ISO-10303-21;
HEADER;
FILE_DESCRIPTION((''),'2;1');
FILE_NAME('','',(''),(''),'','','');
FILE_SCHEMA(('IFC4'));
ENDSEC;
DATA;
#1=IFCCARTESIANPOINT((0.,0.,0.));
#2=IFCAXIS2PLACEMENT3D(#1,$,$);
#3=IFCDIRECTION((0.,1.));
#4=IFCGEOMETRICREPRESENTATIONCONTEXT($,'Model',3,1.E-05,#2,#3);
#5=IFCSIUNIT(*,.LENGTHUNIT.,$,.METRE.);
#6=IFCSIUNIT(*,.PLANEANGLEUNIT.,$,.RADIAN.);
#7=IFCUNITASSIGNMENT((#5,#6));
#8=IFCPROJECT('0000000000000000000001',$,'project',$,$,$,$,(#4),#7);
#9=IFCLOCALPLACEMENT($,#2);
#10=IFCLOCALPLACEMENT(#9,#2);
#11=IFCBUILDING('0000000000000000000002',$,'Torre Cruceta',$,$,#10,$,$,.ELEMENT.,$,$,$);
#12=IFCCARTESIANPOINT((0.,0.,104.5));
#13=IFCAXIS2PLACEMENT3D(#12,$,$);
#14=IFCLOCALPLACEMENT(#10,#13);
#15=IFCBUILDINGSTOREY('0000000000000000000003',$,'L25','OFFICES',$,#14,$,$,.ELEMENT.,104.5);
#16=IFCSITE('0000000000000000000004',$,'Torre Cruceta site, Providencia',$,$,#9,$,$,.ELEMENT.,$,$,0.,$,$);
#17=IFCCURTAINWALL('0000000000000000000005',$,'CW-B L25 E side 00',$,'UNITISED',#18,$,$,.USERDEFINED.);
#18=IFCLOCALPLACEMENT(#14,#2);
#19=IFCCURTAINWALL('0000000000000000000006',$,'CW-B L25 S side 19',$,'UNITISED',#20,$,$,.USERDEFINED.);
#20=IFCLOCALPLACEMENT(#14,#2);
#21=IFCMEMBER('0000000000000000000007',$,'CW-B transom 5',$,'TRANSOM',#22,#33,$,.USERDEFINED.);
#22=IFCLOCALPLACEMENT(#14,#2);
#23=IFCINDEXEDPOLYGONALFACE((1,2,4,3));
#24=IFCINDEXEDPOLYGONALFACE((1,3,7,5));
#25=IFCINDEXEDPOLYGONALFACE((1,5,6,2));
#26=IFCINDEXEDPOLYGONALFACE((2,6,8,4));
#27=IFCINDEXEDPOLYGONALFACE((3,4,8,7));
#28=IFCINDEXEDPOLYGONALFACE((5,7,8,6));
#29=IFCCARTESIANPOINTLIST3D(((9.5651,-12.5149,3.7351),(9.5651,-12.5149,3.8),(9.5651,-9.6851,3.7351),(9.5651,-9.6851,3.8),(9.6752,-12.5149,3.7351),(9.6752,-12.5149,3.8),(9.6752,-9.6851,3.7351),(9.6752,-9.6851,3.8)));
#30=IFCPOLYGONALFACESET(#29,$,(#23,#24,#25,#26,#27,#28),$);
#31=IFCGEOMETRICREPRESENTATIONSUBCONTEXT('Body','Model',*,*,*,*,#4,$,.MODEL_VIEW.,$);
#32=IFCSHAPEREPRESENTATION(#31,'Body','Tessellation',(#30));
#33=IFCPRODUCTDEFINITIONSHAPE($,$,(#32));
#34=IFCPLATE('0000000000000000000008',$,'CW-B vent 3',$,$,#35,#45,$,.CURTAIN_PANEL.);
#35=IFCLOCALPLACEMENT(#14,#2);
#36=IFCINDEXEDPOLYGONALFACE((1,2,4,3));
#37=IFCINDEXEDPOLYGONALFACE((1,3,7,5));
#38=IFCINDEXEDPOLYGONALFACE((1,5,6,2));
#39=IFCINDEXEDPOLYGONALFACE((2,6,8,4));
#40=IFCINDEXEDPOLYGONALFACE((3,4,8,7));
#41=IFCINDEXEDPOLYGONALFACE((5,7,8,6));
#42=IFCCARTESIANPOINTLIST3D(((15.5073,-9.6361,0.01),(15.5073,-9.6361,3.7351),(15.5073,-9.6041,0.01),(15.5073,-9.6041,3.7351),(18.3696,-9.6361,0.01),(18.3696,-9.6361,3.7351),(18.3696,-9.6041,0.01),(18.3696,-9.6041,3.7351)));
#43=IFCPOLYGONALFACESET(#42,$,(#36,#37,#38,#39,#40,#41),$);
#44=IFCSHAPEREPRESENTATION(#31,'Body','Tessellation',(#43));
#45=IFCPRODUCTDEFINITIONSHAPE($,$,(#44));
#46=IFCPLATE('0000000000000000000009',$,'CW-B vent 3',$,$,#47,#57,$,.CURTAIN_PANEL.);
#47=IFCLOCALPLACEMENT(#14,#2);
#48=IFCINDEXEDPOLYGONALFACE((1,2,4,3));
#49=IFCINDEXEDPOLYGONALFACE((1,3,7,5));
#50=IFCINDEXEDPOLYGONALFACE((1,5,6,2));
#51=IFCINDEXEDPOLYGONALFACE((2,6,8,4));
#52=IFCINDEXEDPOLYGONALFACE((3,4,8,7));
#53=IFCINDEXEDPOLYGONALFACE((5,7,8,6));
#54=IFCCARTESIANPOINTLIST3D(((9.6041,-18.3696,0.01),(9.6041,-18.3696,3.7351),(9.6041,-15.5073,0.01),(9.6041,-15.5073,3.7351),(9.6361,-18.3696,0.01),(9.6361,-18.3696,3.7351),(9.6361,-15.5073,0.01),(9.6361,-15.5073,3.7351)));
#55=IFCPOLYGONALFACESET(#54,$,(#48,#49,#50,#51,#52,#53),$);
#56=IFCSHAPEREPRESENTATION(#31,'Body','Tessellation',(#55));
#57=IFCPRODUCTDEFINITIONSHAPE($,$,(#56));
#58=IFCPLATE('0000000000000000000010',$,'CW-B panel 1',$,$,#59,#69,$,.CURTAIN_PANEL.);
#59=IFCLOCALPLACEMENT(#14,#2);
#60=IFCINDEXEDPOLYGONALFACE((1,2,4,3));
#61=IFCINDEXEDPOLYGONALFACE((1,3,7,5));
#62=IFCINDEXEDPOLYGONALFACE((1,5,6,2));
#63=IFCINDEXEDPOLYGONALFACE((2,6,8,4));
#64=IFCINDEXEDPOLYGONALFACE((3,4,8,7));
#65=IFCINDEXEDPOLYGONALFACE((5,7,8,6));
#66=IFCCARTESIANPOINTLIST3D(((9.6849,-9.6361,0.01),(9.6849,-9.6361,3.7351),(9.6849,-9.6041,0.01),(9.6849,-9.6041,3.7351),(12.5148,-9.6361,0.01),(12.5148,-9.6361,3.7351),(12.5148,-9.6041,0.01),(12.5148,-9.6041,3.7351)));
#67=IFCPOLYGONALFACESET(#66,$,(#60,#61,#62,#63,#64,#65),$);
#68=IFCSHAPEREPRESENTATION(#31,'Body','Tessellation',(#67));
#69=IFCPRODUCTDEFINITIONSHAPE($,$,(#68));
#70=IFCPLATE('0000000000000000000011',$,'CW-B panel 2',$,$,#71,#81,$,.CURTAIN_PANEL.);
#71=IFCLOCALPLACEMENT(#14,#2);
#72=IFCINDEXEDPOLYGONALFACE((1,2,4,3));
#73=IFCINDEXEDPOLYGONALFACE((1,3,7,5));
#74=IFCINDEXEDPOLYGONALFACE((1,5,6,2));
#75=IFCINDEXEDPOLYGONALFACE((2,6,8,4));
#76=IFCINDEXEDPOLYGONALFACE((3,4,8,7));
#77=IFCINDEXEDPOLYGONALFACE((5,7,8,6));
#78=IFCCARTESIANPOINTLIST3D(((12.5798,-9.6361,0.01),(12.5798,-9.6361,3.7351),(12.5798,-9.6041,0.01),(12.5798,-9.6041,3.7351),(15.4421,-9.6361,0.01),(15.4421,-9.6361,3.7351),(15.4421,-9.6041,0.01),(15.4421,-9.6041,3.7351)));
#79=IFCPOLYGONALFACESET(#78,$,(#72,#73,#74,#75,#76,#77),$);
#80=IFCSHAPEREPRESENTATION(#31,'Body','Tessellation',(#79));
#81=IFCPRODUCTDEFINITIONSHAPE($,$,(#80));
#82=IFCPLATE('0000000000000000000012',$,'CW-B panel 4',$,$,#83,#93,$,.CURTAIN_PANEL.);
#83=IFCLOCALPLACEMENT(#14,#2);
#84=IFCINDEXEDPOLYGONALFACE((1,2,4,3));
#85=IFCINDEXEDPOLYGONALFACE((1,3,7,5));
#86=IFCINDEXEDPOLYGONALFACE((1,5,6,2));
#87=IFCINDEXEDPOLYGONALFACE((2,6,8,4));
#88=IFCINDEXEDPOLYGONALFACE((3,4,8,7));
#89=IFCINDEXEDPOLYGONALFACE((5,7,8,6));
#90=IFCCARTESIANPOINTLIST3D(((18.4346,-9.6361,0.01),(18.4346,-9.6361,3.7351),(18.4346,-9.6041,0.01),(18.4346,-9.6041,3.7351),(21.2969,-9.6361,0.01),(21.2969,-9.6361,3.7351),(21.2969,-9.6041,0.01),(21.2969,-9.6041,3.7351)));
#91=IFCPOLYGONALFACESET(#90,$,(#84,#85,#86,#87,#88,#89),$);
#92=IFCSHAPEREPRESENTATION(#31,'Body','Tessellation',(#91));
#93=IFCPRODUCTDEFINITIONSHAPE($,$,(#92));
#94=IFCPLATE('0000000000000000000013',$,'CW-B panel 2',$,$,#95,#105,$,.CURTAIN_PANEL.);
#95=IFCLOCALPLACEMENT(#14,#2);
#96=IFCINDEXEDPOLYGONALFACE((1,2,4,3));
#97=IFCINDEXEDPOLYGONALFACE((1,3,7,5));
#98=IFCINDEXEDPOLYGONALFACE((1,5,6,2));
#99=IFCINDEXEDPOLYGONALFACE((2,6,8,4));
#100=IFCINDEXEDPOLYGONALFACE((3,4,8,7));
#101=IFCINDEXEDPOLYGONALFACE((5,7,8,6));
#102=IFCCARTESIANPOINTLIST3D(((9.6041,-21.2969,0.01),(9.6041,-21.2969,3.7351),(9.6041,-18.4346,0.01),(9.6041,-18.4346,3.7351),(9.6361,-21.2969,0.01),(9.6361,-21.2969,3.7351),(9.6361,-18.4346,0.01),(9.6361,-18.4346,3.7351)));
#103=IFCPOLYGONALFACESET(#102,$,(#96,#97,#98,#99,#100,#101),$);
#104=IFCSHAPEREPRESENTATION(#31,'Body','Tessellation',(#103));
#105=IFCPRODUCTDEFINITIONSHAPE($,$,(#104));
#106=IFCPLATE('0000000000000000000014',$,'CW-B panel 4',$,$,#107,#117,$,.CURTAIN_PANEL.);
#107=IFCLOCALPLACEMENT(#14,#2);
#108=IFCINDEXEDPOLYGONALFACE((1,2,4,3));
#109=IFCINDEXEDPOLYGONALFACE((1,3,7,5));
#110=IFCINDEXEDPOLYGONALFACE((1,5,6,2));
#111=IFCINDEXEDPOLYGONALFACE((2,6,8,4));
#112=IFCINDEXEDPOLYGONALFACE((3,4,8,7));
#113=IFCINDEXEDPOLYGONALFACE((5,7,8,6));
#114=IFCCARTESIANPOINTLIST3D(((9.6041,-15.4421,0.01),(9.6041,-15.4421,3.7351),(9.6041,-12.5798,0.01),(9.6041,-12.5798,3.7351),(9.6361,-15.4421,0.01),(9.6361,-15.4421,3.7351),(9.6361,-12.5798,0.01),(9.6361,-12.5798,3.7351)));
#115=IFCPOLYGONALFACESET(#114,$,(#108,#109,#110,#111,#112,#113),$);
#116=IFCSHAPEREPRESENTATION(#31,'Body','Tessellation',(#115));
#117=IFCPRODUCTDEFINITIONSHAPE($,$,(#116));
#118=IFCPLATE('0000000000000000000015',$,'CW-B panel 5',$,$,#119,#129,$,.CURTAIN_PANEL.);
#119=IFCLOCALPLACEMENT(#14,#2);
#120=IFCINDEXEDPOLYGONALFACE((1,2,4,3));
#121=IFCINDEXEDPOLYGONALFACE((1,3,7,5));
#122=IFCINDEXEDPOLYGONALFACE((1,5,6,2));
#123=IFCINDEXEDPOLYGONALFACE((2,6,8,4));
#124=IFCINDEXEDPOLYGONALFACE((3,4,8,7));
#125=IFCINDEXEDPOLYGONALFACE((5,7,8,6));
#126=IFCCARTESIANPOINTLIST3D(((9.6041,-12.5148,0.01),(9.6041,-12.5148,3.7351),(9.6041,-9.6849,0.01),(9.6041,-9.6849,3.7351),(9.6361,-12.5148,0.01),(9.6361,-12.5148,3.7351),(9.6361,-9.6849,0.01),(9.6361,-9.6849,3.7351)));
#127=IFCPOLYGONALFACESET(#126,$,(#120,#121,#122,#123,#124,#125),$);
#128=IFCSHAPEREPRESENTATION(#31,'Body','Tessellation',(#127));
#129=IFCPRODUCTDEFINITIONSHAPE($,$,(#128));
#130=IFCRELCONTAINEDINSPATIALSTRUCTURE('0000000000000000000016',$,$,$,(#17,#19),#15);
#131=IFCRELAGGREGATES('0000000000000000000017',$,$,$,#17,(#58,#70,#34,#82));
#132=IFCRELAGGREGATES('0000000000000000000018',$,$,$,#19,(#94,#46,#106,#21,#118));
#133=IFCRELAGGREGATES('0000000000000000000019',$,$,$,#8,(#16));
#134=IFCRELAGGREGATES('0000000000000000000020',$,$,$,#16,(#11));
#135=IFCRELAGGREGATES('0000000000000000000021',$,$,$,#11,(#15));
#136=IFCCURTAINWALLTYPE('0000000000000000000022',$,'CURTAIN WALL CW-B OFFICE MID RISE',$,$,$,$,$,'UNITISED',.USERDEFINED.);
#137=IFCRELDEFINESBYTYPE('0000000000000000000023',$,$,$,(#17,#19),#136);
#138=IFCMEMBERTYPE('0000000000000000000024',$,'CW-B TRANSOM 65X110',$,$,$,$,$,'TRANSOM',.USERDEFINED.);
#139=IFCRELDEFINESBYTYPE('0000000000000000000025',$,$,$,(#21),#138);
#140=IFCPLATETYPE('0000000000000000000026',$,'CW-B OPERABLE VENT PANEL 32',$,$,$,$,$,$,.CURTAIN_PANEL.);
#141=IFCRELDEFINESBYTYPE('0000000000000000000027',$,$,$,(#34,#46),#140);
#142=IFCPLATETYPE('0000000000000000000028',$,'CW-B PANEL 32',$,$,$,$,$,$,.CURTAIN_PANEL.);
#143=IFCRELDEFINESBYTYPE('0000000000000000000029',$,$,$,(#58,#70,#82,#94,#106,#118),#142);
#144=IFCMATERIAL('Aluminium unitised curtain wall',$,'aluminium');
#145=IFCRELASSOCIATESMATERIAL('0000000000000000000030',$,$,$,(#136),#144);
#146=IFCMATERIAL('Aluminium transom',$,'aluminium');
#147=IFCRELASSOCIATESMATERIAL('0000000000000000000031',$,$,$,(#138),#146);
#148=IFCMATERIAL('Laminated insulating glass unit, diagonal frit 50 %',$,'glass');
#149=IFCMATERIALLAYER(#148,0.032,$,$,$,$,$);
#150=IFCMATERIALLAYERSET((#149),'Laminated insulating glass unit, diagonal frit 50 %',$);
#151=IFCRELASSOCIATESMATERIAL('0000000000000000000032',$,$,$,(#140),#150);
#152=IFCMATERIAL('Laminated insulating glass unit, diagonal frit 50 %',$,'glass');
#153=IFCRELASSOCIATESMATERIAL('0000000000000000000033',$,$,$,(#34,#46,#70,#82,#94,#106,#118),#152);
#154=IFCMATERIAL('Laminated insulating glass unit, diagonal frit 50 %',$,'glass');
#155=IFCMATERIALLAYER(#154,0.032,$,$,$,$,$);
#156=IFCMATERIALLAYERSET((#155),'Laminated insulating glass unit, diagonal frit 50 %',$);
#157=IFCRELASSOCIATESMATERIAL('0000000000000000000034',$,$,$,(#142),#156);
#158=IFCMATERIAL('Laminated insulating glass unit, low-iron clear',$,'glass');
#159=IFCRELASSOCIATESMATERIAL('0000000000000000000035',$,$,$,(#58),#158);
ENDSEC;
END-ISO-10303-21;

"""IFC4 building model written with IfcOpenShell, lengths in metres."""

from ifc_helpers import new_model, si_unit, direction, frame, origin, origin_2d, place, context, subcontext, project, spatial, rectangle, extrude, material, layer, layer_set, material_profile, profile_set, type_object, element, aggregate, save


model = new_model("IFC4")

# Units and contexts
model_context = context("Model", 3, precision=1e-05, world=origin(), true_north=direction((0.0, 1.0)))
body_context = subcontext(model_context, "Body", "Model", "MODEL_VIEW")
ifc_project = project(units=[si_unit("LENGTHUNIT", "METRE"), si_unit("PLANEANGLEUNIT", "RADIAN")], contexts=[model_context])

# Site, building, storey
site_placement = place(None, origin())
site = spatial("IfcSite", under=ifc_project, at=site_placement, Name="Torre Cruceta site, Providencia", CompositionType="ELEMENT", RefElevation=0.0)
building_placement = place(site_placement, origin())
building = spatial("IfcBuilding", under=site, at=building_placement, Name="Torre Cruceta", CompositionType="ELEMENT")
storey_placement = place(building_placement, frame((0.0, 0.0, 104.5)))
storey = spatial("IfcBuildingStorey", under=building, at=storey_placement, Name="L25", Description="OFFICES", CompositionType="ELEMENT", Elevation=104.5)

# Curtain walls
ifc_material_1 = material(Name="Aluminium unitised curtain wall", Category="aluminium")
curtain_wall_type = type_object("IfcCurtainWallType", Name="CURTAIN WALL CW-B OFFICE MID RISE", ElementType="UNITISED", PredefinedType="USERDEFINED", material=ifc_material_1)
curtain_wall_1_placement = place(storey_placement, origin())
curtain_wall_1 = element("IfcCurtainWall", 1, at=curtain_wall_1_placement, inside=storey, type_object=curtain_wall_type, Name="CW-B L25 E side 00", ObjectType="UNITISED", PredefinedType="USERDEFINED")
curtain_wall_2_placement = place(storey_placement, origin())
curtain_wall_2 = element("IfcCurtainWall", 2, at=curtain_wall_2_placement, inside=storey, type_object=curtain_wall_type, Name="CW-B L25 S side 19", ObjectType="UNITISED", PredefinedType="USERDEFINED")

# Member
ifc_material_2 = material(Name="Aluminium transom", Category="aluminium")
ifc_material_profile_1 = material_profile(ifc_material_2, rectangle(XDim=0.1101, YDim=0.0649, at=origin_2d()), Name="AL 110X65")
ifc_profile_set_1 = profile_set([ifc_material_profile_1], Name="Aluminium transom")
member_type_1 = type_object("IfcMemberType", Name="CW-B TRANSOM 65X110", ElementType="TRANSOM", PredefinedType="USERDEFINED", material=ifc_profile_set_1)
member_1_placement = place(storey_placement, frame((9.6201, -12.5149, 3.7676), z_axis=(0.0, 1.0, 0.0), x_axis=(-1.0, 0.0, 0.0)))
member_1 = element("IfcMember", 3, at=member_1_placement, type_object=member_type_1, Name="CW-B transom 5", ObjectType="TRANSOM", PredefinedType="USERDEFINED", context=body_context, shape_type="SweptSolid", body=[
    extrude(rectangle(XDim=0.1101, YDim=0.0649, at=origin_2d()), origin(), (0.0, 0.0, 1.0), 2.8298),
])

# Plates
ifc_material_3 = material(Name="Laminated insulating glass unit, diagonal frit 50 %", Category="glass")
ifc_material_4 = material(Name="Laminated insulating glass unit, diagonal frit 50 %", Category="glass")
ifc_layer_1 = layer(ifc_material_4, 0.032)
ifc_layer_set_1 = layer_set([ifc_layer_1], Name="Laminated insulating glass unit, diagonal frit 50 %")
plate_type_1 = type_object("IfcPlateType", Name="CW-B OPERABLE VENT PANEL 32", PredefinedType="CURTAIN_PANEL", material=ifc_layer_set_1)
plate_1_placement = place(storey_placement, frame((16.9385, -9.6201, 0.01), z_axis=(0.0, 0.0, 1.0), x_axis=(1.0, 0.0, 0.0)))
plate_1 = element("IfcPlate", 4, at=plate_1_placement, type_object=plate_type_1, material=ifc_material_3, Name="CW-B vent 3", PredefinedType="CURTAIN_PANEL", context=body_context, shape_type="SweptSolid", body=[
    extrude(rectangle(XDim=2.8623, YDim=0.032, at=origin_2d()), origin(), (0.0, 0.0, 1.0), 3.7251),
])
plate_2_placement = place(storey_placement, frame((9.6201, -16.9385, 0.01), z_axis=(0.0, 0.0, 1.0), x_axis=(0.0, 1.0, 0.0)))
plate_2 = element("IfcPlate", 5, at=plate_2_placement, type_object=plate_type_1, material=ifc_material_3, Name="CW-B vent 3", PredefinedType="CURTAIN_PANEL", context=body_context, shape_type="SweptSolid", body=[
    extrude(rectangle(XDim=2.8623, YDim=0.032, at=origin_2d()), origin(), (0.0, 0.0, 1.0), 3.7251),
])
ifc_material_5 = material(Name="Laminated insulating glass unit, low-iron clear", Category="glass")
ifc_material_6 = material(Name="Laminated insulating glass unit, diagonal frit 50 %", Category="glass")
ifc_layer_2 = layer(ifc_material_6, 0.032)
ifc_layer_set_2 = layer_set([ifc_layer_2], Name="Laminated insulating glass unit, diagonal frit 50 %")
plate_type_2 = type_object("IfcPlateType", Name="CW-B PANEL 32", PredefinedType="CURTAIN_PANEL", material=ifc_layer_set_2)
plate_3_placement = place(storey_placement, frame((11.0999, -9.6201, 0.01), z_axis=(0.0, 0.0, 1.0), x_axis=(1.0, 0.0, 0.0)))
plate_3 = element("IfcPlate", 6, at=plate_3_placement, type_object=plate_type_2, material=ifc_material_5, Name="CW-B panel 1", PredefinedType="CURTAIN_PANEL", context=body_context, shape_type="SweptSolid", body=[
    extrude(rectangle(XDim=2.8298, YDim=0.032, at=origin_2d()), origin(), (0.0, 0.0, 1.0), 3.7251),
])
plate_4_placement = place(storey_placement, frame((14.011, -9.6201, 0.01), z_axis=(0.0, 0.0, 1.0), x_axis=(1.0, 0.0, 0.0)))
plate_4 = element("IfcPlate", 7, at=plate_4_placement, type_object=plate_type_2, material=ifc_material_3, Name="CW-B panel 2", PredefinedType="CURTAIN_PANEL", context=body_context, shape_type="SweptSolid", body=[
    extrude(rectangle(XDim=2.8623, YDim=0.032, at=origin_2d()), origin(), (0.0, 0.0, 1.0), 3.7251),
])
plate_5_placement = place(storey_placement, frame((19.8657, -9.6201, 0.01), z_axis=(0.0, 0.0, 1.0), x_axis=(1.0, 0.0, 0.0)))
plate_5 = element("IfcPlate", 8, at=plate_5_placement, type_object=plate_type_2, material=ifc_material_3, Name="CW-B panel 4", PredefinedType="CURTAIN_PANEL", context=body_context, shape_type="SweptSolid", body=[
    extrude(rectangle(XDim=2.8623, YDim=0.032, at=origin_2d()), origin(), (0.0, 0.0, 1.0), 3.7251),
])
aggregate(curtain_wall_1, [plate_3, plate_4, plate_1, plate_5])
plate_6_placement = place(storey_placement, frame((9.6201, -19.8657, 0.01), z_axis=(0.0, 0.0, 1.0), x_axis=(0.0, 1.0, 0.0)))
plate_6 = element("IfcPlate", 9, at=plate_6_placement, type_object=plate_type_2, material=ifc_material_3, Name="CW-B panel 2", PredefinedType="CURTAIN_PANEL", context=body_context, shape_type="SweptSolid", body=[
    extrude(rectangle(XDim=2.8623, YDim=0.032, at=origin_2d()), origin(), (0.0, 0.0, 1.0), 3.7251),
])
plate_7_placement = place(storey_placement, frame((9.6201, -14.011, 0.01), z_axis=(0.0, 0.0, 1.0), x_axis=(0.0, 1.0, 0.0)))
plate_7 = element("IfcPlate", 10, at=plate_7_placement, type_object=plate_type_2, material=ifc_material_3, Name="CW-B panel 4", PredefinedType="CURTAIN_PANEL", context=body_context, shape_type="SweptSolid", body=[
    extrude(rectangle(XDim=2.8623, YDim=0.032, at=origin_2d()), origin(), (0.0, 0.0, 1.0), 3.7251),
])
plate_8_placement = place(storey_placement, frame((9.6201, -11.0999, 0.01), z_axis=(0.0, 0.0, 1.0), x_axis=(0.0, 1.0, 0.0)))
plate_8 = element("IfcPlate", 11, at=plate_8_placement, type_object=plate_type_2, material=ifc_material_3, Name="CW-B panel 5", PredefinedType="CURTAIN_PANEL", context=body_context, shape_type="SweptSolid", body=[
    extrude(rectangle(XDim=2.8298, YDim=0.032, at=origin_2d()), origin(), (0.0, 0.0, 1.0), 3.7251),
])
aggregate(curtain_wall_2, [plate_6, plate_2, plate_7, member_1, plate_8])

save(model, "model.ifc")
